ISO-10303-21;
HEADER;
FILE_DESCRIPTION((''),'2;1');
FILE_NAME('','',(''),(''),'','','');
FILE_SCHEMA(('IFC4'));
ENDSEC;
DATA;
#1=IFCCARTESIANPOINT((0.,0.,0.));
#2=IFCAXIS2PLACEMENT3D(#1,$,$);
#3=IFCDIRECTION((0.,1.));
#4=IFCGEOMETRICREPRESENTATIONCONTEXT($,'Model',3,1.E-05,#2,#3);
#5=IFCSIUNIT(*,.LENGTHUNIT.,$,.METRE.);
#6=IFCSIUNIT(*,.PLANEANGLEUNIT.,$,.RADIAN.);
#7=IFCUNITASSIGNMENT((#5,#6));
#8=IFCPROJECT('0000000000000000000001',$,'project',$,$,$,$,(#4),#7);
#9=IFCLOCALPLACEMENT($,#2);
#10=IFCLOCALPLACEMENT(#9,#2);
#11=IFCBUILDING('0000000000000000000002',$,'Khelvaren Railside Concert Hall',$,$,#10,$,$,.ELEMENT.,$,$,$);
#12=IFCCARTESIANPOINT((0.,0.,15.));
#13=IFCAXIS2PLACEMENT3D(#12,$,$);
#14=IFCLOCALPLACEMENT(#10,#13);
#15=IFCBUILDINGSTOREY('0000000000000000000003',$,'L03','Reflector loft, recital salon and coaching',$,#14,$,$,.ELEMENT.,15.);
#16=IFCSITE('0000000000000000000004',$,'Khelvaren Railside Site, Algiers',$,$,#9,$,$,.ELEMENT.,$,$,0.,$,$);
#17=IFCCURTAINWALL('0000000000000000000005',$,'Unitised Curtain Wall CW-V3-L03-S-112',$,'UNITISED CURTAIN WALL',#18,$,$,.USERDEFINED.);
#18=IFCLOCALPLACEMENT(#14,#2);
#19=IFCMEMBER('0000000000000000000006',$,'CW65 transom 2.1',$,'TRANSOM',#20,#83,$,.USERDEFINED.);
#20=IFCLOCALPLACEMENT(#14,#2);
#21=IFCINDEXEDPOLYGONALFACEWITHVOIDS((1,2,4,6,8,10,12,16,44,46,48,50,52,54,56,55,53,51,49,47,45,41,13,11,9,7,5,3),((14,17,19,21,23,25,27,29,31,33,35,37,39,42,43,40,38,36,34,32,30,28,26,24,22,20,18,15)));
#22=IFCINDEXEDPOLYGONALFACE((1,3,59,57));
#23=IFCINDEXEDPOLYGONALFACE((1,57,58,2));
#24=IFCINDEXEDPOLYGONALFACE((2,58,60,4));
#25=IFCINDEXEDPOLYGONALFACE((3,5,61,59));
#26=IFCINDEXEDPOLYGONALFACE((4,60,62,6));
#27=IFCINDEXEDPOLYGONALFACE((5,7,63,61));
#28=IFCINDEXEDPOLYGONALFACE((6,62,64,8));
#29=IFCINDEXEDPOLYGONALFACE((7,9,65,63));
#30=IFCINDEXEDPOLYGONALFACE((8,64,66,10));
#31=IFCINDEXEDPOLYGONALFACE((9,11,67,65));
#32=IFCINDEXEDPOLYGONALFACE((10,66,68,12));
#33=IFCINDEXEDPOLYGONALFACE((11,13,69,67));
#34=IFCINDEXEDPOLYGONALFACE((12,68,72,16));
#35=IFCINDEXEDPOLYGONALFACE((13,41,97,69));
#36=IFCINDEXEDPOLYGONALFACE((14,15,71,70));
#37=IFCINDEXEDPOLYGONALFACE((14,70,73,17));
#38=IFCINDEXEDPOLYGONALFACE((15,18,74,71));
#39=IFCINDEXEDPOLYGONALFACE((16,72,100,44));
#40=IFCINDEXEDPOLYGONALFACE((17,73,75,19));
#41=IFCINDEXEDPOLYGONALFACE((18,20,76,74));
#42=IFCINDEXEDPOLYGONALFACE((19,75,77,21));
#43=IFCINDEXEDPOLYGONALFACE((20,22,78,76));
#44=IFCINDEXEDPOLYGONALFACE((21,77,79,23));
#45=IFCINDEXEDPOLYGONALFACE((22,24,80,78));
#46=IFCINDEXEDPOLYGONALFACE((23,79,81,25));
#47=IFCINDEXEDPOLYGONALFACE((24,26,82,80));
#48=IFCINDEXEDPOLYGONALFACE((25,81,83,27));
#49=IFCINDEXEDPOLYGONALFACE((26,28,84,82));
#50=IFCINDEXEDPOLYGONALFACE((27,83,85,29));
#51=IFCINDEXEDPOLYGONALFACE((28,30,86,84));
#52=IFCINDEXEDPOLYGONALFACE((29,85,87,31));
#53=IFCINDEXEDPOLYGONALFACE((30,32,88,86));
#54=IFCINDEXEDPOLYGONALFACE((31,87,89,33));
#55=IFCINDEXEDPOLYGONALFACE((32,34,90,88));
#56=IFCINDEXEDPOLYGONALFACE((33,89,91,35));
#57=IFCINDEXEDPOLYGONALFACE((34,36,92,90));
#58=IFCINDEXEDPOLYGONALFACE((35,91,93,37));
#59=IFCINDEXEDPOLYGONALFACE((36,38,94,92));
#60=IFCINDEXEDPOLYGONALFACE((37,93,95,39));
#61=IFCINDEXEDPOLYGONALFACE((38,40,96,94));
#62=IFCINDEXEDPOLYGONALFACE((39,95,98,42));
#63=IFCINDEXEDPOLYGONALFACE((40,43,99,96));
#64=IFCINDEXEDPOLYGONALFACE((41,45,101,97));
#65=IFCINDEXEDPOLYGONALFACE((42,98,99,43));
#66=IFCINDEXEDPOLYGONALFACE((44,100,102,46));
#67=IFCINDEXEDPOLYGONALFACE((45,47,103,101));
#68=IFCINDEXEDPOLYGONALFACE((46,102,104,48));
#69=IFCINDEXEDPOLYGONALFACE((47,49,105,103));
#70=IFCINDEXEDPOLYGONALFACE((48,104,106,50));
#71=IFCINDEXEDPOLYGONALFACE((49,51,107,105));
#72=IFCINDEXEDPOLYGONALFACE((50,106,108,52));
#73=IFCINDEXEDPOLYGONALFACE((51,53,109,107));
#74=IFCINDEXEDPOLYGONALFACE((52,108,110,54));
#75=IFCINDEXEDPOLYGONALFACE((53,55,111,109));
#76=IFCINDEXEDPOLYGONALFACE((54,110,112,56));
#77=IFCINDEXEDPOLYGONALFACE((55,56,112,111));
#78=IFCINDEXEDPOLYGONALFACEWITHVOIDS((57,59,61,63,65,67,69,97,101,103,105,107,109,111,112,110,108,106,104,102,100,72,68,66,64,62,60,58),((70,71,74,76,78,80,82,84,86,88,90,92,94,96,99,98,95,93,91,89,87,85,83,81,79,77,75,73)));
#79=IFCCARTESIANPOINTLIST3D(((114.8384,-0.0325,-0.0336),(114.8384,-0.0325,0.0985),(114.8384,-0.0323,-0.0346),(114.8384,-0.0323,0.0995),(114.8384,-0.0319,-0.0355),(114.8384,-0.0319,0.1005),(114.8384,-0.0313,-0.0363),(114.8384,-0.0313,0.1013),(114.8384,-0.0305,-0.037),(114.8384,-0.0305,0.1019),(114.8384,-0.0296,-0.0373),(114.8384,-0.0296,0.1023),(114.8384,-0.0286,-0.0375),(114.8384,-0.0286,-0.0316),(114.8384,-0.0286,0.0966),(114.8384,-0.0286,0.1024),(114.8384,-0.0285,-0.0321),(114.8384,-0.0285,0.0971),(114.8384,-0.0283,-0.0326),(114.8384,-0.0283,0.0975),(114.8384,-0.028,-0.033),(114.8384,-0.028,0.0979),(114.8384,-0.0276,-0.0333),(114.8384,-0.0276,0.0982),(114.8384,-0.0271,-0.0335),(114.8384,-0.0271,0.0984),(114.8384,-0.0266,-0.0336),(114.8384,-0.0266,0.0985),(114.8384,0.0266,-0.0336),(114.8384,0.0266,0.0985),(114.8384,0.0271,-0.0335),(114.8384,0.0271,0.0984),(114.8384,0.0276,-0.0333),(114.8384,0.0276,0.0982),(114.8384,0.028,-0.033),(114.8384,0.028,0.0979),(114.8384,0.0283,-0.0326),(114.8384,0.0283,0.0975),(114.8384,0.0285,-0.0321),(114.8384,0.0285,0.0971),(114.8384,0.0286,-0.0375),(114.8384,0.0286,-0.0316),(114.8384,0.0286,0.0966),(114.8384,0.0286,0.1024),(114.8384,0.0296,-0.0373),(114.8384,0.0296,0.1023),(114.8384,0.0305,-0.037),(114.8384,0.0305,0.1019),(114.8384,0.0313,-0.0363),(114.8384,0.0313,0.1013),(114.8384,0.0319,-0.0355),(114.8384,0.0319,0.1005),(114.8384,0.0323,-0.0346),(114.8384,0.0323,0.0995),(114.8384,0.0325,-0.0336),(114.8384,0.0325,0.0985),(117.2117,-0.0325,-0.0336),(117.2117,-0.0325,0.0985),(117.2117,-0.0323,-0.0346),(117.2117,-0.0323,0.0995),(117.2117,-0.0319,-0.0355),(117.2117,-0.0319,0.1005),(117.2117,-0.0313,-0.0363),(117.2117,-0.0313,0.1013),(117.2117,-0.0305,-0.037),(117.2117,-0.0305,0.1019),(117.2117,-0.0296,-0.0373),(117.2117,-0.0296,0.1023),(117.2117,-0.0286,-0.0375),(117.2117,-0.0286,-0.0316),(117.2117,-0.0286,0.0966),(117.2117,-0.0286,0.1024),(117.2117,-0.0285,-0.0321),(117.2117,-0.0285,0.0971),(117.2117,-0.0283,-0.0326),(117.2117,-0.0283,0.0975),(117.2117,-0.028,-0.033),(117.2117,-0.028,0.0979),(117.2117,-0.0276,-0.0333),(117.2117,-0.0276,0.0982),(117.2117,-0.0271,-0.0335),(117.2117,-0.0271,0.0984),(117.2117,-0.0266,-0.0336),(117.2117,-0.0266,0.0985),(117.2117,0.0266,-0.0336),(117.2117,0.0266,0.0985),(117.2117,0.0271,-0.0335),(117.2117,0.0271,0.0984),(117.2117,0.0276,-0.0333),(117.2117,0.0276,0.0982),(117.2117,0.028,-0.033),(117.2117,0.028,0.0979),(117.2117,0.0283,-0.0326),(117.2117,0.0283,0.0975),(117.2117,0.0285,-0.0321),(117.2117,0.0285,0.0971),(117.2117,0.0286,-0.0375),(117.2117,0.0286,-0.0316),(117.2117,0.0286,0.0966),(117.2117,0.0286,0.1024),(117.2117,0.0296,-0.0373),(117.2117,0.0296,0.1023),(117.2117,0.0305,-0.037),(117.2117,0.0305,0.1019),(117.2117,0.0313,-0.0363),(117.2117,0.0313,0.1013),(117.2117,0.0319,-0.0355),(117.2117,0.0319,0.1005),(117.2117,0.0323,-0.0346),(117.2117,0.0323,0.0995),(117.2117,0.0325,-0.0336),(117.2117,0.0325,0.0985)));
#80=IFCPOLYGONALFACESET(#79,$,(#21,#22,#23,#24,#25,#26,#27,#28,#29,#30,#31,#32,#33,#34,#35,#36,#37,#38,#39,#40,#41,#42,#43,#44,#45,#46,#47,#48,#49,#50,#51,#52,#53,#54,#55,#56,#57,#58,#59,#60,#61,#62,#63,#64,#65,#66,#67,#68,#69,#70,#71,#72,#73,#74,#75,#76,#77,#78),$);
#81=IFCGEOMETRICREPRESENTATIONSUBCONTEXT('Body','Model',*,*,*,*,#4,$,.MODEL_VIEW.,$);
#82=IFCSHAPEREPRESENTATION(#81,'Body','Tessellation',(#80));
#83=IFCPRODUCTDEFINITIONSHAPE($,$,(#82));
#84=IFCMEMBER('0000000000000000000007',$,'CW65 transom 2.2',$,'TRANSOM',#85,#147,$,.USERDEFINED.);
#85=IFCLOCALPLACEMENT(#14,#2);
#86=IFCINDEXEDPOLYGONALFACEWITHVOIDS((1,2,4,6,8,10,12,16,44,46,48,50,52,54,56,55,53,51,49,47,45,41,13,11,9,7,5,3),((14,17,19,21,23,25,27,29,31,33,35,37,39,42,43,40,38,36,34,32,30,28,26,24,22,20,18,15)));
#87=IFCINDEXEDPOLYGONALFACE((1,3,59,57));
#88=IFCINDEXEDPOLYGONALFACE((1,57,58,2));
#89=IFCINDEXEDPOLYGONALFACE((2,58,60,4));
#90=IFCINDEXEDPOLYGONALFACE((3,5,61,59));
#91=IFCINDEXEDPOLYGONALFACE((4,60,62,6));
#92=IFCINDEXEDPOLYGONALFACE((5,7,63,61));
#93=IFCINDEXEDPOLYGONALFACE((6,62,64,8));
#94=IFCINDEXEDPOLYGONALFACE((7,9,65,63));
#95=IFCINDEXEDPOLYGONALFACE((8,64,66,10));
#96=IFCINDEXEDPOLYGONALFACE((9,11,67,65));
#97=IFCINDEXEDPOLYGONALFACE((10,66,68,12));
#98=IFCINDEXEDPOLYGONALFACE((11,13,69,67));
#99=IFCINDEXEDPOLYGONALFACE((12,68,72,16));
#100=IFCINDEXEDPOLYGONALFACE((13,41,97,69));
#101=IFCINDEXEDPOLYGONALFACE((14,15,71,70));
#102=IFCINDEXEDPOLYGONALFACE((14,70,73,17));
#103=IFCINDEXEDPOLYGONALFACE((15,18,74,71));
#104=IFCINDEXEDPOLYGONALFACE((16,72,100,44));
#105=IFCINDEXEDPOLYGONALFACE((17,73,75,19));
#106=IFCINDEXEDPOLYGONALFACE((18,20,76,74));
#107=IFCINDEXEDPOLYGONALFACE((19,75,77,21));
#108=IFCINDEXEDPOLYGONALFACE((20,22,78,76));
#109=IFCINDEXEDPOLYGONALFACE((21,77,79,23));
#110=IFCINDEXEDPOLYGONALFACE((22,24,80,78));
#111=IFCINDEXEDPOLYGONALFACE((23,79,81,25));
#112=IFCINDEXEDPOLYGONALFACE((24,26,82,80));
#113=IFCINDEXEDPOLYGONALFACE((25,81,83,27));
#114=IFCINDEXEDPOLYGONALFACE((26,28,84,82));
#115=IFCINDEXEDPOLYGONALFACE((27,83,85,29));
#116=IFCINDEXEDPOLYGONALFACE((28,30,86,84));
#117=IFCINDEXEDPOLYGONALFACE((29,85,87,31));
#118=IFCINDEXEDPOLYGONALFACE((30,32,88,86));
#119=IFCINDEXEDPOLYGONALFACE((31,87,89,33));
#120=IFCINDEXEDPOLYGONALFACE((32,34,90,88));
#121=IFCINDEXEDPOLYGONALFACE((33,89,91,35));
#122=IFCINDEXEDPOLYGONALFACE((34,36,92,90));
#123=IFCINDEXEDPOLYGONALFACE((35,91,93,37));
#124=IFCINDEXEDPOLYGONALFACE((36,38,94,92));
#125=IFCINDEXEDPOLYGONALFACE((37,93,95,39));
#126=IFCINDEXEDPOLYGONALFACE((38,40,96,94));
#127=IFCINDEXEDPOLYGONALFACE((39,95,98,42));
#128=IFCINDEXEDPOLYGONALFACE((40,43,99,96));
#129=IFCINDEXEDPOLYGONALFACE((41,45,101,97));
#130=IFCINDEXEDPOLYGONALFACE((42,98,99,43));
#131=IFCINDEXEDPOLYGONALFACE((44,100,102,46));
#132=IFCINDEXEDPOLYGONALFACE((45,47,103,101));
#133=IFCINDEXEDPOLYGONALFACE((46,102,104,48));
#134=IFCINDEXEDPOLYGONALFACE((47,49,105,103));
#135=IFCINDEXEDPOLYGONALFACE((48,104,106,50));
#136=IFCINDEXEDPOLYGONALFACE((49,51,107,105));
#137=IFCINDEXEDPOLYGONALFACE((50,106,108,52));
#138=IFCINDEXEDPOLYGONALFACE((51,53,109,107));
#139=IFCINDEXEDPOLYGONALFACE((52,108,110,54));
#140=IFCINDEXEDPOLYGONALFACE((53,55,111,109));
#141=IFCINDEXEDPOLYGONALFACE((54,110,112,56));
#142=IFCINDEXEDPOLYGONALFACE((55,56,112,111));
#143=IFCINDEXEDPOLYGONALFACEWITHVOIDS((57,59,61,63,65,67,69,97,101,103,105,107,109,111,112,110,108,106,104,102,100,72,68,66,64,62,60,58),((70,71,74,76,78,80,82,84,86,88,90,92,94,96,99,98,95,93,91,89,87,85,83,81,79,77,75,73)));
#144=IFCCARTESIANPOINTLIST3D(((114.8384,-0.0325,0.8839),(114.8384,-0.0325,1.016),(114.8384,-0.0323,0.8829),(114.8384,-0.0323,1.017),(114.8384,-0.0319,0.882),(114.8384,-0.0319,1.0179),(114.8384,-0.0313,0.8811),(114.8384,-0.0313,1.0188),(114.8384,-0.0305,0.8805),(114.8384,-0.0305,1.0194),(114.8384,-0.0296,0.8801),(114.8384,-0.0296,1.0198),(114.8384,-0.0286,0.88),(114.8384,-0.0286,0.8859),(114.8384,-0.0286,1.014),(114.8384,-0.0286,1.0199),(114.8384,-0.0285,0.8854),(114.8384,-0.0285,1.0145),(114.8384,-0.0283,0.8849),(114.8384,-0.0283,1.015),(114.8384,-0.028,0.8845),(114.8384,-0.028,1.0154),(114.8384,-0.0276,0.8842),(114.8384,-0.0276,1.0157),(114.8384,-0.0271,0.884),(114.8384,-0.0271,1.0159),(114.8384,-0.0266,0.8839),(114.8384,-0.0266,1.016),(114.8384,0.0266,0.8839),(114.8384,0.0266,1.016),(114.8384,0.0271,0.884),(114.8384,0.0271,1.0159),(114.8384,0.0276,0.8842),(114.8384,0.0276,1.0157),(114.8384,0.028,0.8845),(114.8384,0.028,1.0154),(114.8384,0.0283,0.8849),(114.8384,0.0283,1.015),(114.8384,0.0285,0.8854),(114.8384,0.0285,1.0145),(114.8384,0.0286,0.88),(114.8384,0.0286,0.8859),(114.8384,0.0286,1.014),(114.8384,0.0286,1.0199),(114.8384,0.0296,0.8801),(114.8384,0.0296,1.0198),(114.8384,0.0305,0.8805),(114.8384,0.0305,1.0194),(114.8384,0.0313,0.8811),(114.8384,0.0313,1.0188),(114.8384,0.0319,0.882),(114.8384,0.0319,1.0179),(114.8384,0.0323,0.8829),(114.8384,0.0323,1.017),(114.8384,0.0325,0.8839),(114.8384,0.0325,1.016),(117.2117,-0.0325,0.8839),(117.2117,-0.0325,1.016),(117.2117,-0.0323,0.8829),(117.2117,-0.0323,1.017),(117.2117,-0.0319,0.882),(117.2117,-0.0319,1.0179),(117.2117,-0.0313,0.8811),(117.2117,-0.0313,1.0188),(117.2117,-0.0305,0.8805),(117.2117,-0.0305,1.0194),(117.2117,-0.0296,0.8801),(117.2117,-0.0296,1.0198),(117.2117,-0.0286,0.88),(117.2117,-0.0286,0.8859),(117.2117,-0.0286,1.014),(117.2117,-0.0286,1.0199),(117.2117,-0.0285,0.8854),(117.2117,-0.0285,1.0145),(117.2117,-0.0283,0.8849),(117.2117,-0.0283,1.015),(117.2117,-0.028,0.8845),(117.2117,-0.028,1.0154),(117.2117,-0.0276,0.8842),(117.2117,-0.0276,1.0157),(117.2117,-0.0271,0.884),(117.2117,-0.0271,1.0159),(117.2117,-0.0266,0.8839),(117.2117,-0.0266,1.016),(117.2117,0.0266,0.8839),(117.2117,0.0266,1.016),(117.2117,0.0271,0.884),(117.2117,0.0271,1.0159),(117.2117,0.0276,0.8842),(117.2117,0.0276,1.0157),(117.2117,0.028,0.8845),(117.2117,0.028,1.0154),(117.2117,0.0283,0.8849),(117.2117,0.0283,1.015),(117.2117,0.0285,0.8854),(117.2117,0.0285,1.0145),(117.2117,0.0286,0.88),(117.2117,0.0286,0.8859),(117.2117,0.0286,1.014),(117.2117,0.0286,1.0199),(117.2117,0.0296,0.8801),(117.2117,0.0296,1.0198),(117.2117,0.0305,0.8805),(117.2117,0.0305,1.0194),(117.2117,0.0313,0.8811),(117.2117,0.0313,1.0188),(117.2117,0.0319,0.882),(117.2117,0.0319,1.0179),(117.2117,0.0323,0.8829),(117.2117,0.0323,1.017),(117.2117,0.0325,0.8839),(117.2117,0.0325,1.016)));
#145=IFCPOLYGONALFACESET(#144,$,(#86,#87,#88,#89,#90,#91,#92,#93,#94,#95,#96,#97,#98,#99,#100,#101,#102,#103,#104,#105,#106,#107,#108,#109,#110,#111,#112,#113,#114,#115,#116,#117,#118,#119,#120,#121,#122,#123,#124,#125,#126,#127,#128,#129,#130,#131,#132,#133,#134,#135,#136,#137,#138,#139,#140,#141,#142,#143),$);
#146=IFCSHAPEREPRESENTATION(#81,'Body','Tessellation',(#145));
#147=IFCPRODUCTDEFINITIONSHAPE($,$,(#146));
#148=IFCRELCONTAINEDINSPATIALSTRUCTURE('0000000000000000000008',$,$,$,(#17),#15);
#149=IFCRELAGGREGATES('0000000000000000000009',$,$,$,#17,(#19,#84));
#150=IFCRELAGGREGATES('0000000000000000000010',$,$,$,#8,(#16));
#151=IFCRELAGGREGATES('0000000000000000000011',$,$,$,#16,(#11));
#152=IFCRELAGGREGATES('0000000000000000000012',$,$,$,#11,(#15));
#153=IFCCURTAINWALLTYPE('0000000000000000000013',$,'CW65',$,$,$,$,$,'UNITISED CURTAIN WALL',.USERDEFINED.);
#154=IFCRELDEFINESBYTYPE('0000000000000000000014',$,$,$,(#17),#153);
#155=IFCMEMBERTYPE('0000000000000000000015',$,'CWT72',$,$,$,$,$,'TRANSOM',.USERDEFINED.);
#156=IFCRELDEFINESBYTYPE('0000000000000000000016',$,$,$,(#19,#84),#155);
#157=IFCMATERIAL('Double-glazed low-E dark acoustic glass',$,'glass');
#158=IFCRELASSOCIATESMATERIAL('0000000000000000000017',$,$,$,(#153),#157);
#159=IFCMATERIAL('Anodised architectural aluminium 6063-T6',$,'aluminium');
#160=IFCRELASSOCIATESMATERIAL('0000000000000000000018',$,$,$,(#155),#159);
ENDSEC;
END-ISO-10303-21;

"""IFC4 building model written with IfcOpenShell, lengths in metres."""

from ifc_helpers import new_model, si_unit, direction, frame, origin, origin_2d, place, context, subcontext, project, spatial, hollow_rectangle, extrude, material, material_profile, profile_set, type_object, element, aggregate, save


model = new_model("IFC4")

# Units and contexts
model_context = context("Model", 3, precision=1e-05, world=origin(), true_north=direction((0.0, 1.0)))
body_context = subcontext(model_context, "Body", "Model", "MODEL_VIEW")
ifc_project = project(units=[si_unit("LENGTHUNIT", "METRE"), si_unit("PLANEANGLEUNIT", "RADIAN")], contexts=[model_context])

# Site, building, storey
site_placement = place(None, origin())
site = spatial("IfcSite", under=ifc_project, at=site_placement, Name="Khelvaren Railside Site, Algiers", CompositionType="ELEMENT", RefElevation=0.0)
building_placement = place(site_placement, origin())
building = spatial("IfcBuilding", under=site, at=building_placement, Name="Khelvaren Railside Concert Hall", CompositionType="ELEMENT")
storey_placement = place(building_placement, frame((0.0, 0.0, 15.0)))
storey = spatial("IfcBuildingStorey", under=building, at=storey_placement, Name="L03", Description="Reflector loft, recital salon and coaching", CompositionType="ELEMENT", Elevation=15.0)

# Curtain wall
ifc_material_1 = material(Name="Double-glazed low-E dark acoustic glass", Category="glass")
ifc_material_2 = material(Name="Anodised architectural aluminium 6063-T6", Category="aluminium")
curtain_wall_type_1 = type_object("IfcCurtainWallType", Name="CW65", ElementType="UNITISED CURTAIN WALL", PredefinedType="USERDEFINED", material=ifc_material_1)
curtain_wall_1_placement = place(storey_placement, origin())
curtain_wall_1 = element("IfcCurtainWall", 1, at=curtain_wall_1_placement, inside=storey, type_object=curtain_wall_type_1, Name="Unitised Curtain Wall CW-V3-L03-S-112", ObjectType="UNITISED CURTAIN WALL", PredefinedType="USERDEFINED")

# Members
ifc_material_profile_1 = material_profile(ifc_material_2, hollow_rectangle(XDim=0.0649, YDim=0.1399, WallThickness=0.0039, InnerFilletRadius=0.002, OuterFilletRadius=0.0039, at=origin_2d()), Name="CWT 65x140x4")
ifc_profile_set_1 = profile_set([ifc_material_profile_1], Name="Anodised architectural aluminium 6063-T6")
member_type_1 = type_object("IfcMemberType", Name="CWT72", ElementType="TRANSOM", PredefinedType="USERDEFINED", material=ifc_profile_set_1)
member_1_placement = place(storey_placement, frame((117.2117, 0.0, 0.0325), z_axis=(-1.0, 0.0, 0.0), x_axis=(0.0, -1.0, 0.0)))
member_1 = element("IfcMember", 2, at=member_1_placement, type_object=member_type_1, Name="CW65 transom 2.1", ObjectType="TRANSOM", PredefinedType="USERDEFINED", context=body_context, shape_type="SweptSolid", body=[
    extrude(hollow_rectangle(XDim=0.0649, YDim=0.1399, WallThickness=0.0039, InnerFilletRadius=0.002, OuterFilletRadius=0.0039, at=origin_2d()), origin(), (0.0, 0.0, 1.0), 2.3733),
])
member_2_placement = place(storey_placement, frame((117.2117, 0.0, 0.95), z_axis=(-1.0, 0.0, 0.0), x_axis=(0.0, -1.0, 0.0)))
member_2 = element("IfcMember", 3, at=member_2_placement, type_object=member_type_1, Name="CW65 transom 2.2", ObjectType="TRANSOM", PredefinedType="USERDEFINED", context=body_context, shape_type="SweptSolid", body=[
    extrude(hollow_rectangle(XDim=0.0649, YDim=0.1399, WallThickness=0.0039, InnerFilletRadius=0.002, OuterFilletRadius=0.0039, at=origin_2d()), origin(), (0.0, 0.0, 1.0), 2.3733),
])

aggregate(curtain_wall_1, [member_1, member_2])

save(model, "model.ifc")
